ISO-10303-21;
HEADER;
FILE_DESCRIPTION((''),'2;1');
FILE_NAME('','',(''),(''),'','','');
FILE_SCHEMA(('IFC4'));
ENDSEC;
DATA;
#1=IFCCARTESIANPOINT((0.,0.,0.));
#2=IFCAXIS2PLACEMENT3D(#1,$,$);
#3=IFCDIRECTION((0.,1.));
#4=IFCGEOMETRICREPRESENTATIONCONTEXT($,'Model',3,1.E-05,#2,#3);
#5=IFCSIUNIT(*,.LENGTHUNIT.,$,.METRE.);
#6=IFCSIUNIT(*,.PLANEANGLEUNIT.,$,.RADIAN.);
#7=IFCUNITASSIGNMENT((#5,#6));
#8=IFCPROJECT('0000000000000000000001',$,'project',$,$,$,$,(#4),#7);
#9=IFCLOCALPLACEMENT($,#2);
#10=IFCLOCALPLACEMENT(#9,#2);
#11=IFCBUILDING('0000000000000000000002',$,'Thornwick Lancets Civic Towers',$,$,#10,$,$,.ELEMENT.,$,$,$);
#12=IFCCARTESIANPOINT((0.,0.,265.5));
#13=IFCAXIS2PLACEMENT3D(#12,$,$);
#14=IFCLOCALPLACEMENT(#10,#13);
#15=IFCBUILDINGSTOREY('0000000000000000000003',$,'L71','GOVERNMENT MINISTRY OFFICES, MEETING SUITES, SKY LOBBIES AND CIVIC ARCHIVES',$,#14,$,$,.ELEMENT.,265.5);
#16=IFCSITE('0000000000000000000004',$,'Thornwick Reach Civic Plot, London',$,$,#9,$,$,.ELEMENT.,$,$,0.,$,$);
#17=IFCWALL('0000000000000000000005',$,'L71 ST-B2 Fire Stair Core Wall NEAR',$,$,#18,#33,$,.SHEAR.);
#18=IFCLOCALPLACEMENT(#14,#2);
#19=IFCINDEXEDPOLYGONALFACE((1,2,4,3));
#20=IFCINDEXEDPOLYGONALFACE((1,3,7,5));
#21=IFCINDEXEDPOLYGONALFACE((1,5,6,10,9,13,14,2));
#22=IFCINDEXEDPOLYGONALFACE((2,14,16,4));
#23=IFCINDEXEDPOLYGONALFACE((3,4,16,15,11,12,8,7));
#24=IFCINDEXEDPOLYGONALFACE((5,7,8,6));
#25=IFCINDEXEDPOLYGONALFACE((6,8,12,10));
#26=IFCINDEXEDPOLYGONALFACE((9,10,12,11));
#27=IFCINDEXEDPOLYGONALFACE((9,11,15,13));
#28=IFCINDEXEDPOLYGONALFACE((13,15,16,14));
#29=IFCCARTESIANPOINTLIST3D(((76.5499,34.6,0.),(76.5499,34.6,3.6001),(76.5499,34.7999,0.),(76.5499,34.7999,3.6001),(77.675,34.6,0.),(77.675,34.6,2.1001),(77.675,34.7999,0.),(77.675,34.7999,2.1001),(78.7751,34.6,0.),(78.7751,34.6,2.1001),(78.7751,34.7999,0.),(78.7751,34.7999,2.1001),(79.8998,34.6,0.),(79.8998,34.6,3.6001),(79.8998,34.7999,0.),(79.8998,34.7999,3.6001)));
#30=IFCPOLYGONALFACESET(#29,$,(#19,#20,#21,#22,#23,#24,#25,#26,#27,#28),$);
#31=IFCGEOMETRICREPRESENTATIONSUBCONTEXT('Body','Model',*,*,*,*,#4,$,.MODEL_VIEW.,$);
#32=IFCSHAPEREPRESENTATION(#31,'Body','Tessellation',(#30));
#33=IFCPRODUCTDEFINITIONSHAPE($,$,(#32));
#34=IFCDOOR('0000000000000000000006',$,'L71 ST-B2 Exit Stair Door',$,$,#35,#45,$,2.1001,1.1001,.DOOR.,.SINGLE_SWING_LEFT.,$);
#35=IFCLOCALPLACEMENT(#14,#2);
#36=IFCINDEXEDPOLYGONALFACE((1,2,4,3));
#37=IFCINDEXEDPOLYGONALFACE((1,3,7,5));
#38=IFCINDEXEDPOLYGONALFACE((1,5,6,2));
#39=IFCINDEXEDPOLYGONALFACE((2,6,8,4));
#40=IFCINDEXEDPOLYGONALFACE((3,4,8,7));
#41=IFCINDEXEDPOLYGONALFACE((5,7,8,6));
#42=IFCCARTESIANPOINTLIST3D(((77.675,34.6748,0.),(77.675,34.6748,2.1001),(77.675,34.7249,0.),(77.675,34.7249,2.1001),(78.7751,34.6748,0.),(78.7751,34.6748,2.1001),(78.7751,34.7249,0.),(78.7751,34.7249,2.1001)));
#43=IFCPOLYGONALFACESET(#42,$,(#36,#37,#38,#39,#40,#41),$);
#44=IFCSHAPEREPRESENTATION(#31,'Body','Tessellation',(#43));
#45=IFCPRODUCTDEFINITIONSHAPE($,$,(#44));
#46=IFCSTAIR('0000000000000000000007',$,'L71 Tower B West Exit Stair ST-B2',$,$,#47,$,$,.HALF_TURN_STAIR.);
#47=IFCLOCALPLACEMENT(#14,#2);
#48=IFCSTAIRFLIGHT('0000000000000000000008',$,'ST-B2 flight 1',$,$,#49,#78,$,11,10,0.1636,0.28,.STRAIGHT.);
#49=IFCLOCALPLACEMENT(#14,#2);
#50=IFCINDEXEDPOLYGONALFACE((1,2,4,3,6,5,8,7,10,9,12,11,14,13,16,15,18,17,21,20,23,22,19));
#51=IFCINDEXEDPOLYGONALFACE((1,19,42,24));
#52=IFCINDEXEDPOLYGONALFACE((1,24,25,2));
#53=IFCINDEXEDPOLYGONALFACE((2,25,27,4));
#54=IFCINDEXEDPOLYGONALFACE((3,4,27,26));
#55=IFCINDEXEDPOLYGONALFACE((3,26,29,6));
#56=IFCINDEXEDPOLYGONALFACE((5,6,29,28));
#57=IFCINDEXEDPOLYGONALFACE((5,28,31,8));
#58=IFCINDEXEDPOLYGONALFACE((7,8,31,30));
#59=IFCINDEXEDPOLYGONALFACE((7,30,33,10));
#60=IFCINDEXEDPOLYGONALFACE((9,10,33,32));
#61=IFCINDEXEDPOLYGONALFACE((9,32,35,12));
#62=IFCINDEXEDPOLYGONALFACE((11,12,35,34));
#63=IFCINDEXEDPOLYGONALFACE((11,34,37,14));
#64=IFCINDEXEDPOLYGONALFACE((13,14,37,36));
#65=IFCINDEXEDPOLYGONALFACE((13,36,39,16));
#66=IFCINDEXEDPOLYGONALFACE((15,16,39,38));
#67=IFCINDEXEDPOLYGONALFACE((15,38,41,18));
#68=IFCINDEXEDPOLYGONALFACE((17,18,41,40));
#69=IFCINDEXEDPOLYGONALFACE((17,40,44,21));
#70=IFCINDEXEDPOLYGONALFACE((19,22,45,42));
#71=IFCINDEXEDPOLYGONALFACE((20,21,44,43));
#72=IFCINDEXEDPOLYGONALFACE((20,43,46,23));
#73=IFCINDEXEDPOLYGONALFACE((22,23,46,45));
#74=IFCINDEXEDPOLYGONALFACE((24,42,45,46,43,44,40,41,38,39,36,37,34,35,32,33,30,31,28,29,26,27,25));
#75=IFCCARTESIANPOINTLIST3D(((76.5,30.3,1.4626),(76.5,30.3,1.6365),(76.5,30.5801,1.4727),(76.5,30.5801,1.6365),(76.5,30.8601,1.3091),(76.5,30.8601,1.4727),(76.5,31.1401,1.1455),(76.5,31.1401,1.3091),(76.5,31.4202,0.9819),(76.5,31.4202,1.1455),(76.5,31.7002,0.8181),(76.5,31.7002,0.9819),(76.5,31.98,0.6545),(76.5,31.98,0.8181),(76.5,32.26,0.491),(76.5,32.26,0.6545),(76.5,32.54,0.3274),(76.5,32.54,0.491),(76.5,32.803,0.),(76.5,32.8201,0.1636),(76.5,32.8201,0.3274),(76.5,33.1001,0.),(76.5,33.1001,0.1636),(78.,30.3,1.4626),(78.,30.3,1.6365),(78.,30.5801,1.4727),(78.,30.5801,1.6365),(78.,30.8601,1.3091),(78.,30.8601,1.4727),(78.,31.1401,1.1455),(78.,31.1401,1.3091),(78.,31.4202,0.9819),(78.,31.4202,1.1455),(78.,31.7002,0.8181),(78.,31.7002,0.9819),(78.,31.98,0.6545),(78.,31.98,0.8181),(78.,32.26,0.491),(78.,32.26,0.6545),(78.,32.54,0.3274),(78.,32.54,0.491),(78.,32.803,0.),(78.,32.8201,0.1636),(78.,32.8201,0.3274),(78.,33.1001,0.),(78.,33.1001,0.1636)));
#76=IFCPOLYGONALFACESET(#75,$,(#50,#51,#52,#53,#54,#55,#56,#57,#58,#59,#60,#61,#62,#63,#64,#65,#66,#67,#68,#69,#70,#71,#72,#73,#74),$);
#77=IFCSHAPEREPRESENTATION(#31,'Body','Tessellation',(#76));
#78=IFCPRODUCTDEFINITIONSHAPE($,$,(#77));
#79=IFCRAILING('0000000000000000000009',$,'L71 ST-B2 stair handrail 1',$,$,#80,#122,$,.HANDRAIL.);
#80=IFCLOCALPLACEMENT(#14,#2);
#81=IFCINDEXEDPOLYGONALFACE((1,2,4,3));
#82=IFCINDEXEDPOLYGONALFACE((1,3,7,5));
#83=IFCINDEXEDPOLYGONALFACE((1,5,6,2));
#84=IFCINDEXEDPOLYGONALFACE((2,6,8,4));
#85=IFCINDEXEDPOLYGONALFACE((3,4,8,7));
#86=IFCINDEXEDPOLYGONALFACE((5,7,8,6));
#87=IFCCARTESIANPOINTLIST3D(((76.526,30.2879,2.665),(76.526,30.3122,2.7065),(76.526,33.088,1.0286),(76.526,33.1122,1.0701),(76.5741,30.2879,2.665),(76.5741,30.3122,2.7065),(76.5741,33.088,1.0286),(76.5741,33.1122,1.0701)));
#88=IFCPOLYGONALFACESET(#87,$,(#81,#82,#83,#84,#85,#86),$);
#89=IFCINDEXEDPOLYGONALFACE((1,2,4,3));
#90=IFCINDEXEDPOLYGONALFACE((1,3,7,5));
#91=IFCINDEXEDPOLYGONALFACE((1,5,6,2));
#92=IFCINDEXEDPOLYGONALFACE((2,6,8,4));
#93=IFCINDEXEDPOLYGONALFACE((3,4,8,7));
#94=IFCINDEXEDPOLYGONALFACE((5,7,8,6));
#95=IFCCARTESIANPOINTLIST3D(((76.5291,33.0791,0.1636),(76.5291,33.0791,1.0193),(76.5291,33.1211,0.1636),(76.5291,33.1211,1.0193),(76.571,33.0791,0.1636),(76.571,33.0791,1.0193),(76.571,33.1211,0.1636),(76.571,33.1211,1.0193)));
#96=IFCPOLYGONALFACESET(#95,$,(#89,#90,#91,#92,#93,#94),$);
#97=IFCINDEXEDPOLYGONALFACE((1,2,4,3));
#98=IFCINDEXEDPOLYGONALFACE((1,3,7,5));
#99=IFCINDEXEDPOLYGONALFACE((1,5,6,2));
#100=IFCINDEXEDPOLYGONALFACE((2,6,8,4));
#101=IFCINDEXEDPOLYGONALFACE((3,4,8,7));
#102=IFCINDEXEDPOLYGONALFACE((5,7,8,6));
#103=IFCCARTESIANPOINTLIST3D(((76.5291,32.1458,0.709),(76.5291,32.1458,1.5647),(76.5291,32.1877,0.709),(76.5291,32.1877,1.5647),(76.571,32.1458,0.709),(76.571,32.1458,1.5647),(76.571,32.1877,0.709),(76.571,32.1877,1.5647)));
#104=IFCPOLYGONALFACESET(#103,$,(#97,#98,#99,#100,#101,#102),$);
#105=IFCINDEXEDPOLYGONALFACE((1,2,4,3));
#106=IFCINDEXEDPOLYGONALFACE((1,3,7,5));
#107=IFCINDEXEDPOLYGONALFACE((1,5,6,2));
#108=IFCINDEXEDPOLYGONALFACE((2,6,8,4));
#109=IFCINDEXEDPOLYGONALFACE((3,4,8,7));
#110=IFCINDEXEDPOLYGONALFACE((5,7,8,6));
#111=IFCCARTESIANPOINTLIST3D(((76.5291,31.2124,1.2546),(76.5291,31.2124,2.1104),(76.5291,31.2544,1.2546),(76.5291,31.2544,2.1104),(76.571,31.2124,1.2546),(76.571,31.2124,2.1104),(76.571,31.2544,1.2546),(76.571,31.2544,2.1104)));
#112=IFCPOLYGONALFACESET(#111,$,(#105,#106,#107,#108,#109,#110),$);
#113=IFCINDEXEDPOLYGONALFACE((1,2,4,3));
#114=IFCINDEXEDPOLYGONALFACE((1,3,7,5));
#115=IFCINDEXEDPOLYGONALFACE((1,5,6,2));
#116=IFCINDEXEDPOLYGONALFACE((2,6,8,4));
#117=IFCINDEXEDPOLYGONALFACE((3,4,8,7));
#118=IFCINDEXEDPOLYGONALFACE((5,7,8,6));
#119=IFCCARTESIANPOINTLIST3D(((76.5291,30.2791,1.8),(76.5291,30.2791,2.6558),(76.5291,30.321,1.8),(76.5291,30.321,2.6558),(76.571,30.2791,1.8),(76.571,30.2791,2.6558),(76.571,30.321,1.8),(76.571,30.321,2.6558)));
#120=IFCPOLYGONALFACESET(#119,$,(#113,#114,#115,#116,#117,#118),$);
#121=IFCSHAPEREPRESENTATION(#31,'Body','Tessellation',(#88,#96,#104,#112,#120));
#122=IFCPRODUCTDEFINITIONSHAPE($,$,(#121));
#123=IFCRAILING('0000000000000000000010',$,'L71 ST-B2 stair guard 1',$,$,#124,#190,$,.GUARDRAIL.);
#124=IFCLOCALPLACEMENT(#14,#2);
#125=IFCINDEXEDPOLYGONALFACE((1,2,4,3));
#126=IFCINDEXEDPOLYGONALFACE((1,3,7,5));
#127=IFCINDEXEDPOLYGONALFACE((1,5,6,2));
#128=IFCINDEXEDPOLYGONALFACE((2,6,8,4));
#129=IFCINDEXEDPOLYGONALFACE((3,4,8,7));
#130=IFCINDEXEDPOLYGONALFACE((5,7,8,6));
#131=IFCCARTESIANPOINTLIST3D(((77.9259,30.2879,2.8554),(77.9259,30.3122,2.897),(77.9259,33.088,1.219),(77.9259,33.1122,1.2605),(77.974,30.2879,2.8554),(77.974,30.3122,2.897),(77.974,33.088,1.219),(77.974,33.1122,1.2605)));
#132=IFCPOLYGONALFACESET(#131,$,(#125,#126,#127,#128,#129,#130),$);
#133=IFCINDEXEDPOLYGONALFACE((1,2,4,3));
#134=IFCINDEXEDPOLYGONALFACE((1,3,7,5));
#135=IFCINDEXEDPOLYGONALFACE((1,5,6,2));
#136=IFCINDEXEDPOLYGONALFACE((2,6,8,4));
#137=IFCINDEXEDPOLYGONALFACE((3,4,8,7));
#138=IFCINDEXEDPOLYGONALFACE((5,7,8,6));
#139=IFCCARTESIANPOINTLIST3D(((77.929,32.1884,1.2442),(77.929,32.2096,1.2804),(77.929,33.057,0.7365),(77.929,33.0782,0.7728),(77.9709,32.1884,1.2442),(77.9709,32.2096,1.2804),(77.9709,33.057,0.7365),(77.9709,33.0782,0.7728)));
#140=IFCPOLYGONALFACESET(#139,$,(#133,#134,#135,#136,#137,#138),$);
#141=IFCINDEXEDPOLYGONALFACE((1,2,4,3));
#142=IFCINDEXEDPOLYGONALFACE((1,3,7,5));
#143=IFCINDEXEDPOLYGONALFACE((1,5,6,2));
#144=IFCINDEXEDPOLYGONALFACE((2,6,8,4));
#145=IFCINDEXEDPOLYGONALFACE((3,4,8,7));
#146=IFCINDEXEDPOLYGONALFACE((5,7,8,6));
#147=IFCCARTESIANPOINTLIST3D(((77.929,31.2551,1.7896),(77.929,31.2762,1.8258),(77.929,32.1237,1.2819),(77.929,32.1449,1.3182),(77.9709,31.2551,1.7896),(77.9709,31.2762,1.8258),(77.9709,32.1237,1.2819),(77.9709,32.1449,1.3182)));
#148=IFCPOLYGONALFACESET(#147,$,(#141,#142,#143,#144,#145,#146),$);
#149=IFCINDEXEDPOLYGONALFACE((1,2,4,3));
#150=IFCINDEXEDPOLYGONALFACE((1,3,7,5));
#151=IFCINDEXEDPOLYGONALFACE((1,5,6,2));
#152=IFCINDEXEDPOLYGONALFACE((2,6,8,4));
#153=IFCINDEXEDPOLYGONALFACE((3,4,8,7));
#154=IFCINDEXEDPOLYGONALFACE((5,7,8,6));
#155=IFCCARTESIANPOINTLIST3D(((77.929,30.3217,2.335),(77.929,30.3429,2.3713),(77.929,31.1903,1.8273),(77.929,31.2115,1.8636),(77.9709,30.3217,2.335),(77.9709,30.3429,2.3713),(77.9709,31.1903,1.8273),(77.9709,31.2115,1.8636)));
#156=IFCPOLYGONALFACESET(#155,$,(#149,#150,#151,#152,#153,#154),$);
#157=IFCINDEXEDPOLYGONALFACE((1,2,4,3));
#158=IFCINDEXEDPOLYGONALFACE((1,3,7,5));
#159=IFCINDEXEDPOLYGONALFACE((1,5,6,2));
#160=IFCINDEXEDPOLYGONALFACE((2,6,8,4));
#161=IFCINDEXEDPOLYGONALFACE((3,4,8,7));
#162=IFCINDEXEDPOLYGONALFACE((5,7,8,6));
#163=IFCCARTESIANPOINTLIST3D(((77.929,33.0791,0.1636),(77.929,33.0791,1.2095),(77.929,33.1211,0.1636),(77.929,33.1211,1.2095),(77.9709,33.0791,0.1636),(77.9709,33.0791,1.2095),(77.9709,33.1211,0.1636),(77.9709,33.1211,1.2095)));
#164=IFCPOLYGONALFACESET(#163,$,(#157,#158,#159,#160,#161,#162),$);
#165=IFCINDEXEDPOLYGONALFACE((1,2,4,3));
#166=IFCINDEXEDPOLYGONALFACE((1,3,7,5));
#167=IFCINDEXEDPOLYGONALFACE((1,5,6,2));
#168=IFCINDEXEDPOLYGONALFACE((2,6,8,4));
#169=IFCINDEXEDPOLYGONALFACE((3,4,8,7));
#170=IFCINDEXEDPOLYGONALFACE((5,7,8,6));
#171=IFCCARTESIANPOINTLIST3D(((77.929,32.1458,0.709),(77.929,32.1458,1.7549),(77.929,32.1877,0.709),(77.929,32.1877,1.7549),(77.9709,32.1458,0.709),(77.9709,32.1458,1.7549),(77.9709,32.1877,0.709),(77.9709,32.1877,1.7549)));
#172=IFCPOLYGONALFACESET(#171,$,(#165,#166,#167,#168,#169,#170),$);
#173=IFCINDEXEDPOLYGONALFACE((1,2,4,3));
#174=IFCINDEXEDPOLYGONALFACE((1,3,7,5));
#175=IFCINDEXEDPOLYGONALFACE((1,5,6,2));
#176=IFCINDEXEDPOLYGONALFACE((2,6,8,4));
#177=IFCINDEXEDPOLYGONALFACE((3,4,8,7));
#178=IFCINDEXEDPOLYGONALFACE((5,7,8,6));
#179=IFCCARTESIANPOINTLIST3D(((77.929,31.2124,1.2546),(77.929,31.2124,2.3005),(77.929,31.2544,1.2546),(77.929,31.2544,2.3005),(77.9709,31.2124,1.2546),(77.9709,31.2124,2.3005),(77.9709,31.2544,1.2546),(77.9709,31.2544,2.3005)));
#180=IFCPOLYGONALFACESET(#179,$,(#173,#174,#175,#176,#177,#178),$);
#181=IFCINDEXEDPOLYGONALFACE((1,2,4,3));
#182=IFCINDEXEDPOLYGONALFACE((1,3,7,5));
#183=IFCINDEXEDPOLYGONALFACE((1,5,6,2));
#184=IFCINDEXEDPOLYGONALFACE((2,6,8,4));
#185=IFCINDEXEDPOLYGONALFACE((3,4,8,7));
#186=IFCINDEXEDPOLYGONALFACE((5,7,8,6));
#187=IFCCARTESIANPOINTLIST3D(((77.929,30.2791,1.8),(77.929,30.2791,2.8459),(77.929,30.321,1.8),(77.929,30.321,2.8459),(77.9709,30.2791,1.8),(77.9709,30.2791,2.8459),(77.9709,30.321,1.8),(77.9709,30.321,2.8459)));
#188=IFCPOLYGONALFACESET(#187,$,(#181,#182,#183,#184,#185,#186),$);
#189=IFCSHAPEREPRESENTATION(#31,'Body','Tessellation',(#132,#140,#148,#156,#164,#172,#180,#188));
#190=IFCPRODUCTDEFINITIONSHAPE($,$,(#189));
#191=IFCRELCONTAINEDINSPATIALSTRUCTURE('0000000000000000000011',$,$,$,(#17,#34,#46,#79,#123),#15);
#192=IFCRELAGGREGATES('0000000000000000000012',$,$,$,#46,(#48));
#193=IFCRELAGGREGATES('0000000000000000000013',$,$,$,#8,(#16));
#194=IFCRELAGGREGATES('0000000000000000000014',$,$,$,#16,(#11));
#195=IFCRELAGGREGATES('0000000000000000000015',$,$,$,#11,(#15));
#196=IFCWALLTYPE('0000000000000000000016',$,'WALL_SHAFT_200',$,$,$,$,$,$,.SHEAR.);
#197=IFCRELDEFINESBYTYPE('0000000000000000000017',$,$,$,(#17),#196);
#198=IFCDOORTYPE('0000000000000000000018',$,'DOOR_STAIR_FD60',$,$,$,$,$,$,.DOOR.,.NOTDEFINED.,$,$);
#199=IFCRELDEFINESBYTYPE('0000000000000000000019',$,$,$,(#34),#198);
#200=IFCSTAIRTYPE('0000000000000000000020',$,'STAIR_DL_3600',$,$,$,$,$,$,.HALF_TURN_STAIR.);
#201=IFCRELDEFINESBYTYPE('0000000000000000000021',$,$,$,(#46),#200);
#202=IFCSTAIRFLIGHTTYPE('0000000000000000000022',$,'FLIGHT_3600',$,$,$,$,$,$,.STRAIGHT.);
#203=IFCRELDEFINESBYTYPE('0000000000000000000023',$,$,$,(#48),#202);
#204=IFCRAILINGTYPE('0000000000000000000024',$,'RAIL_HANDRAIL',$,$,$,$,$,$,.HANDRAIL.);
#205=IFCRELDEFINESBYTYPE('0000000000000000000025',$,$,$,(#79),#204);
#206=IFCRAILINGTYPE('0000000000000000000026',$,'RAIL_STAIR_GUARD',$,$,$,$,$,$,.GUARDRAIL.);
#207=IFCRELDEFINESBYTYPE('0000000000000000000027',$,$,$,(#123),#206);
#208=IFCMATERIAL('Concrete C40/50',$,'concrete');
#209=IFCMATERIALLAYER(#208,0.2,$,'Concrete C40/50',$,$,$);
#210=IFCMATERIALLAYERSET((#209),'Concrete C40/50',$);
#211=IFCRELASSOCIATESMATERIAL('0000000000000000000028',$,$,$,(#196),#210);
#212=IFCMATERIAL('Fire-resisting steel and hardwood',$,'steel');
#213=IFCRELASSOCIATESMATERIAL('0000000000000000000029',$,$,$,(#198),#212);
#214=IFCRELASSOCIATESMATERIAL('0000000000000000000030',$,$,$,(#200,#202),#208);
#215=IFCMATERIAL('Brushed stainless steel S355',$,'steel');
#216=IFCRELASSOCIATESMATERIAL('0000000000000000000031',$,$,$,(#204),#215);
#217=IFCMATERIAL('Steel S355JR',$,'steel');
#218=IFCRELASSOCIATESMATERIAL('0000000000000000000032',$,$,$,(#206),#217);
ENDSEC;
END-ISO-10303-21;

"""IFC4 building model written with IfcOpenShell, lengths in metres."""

from ifc_helpers import new_model, si_unit, direction, frame, frame_2d, origin, origin_2d, place, context, subcontext, project, spatial, polyline, rectangle, outline, extrude, material, layer, layer_set, type_object, element, fill, aggregate, save


model = new_model("IFC4")

# Units and contexts
model_context = context("Model", 3, precision=1e-05, world=origin(), true_north=direction((0.0, 1.0)))
body_context = subcontext(model_context, "Body", "Model", "MODEL_VIEW")
ifc_project = project(units=[si_unit("LENGTHUNIT", "METRE"), si_unit("PLANEANGLEUNIT", "RADIAN")], contexts=[model_context])

# Site, building, storey
site_placement = place(None, origin())
site = spatial("IfcSite", under=ifc_project, at=site_placement, Name="Thornwick Reach Civic Plot, London", CompositionType="ELEMENT", RefElevation=0.0)
building_placement = place(site_placement, origin())
building = spatial("IfcBuilding", under=site, at=building_placement, Name="Thornwick Lancets Civic Towers", CompositionType="ELEMENT")
storey_placement = place(building_placement, frame((0.0, 0.0, 265.5)))
storey = spatial("IfcBuildingStorey", under=building, at=storey_placement, Name="L71", Description="GOVERNMENT MINISTRY OFFICES, MEETING SUITES, SKY LOBBIES AND CIVIC ARCHIVES", CompositionType="ELEMENT", Elevation=265.5)

# Shared definitions
ifc_material_1 = material(Name="Steel S355JR", Category="steel")

# Shared definitions
ifc_material_2 = material(Name="Concrete C40/50", Category="concrete")

# Wall, opening, door
ifc_layer_1 = layer(ifc_material_2, 0.2, Name="Concrete C40/50")
ifc_layer_set_1 = layer_set([ifc_layer_1], Name="Concrete C40/50")
wall_type_1 = type_object("IfcWallType", Name="WALL_SHAFT_200", PredefinedType="SHEAR", material=ifc_layer_set_1)
wall_1_placement = place(storey_placement, frame((76.55, 34.7, 0.0), z_axis=(0.0, 0.0, 1.0), x_axis=(1.0, 0.0, 0.0)))
wall_1 = element("IfcWall", 1, at=wall_1_placement, inside=storey, type_object=wall_type_1, Name="L71 ST-B2 Fire Stair Core Wall NEAR", PredefinedType="SHEAR", context=body_context, shape_type="SweptSolid", body=[
    extrude(rectangle(XDim=3.3499, YDim=0.2, at=frame_2d((1.6748, 0.0))), origin(), (0.0, 0.0, 1.0), 3.6001),
])
opening_1_placement = place(wall_1_placement, frame((1.125, 0.0, 0.0)))
opening_1 = element("IfcOpeningElement", 2, at=opening_1_placement, cuts=wall_1, PredefinedType="OPENING", context=body_context, shape_type="SweptSolid", body=[
    extrude(rectangle(XDim=1.1001, YDim=2.1001, at=frame_2d((0.55, 1.05))), frame((0.0, 0.1099, 0.0), z_axis=(0.0, -1.0, 0.0), x_axis=(1.0, 0.0, 0.0)), (0.0, 0.0, 1.0), 0.22),
])
ifc_material_3 = material(Name="Fire-resisting steel and hardwood", Category="steel")
door_type = type_object("IfcDoorType", Name="DOOR_STAIR_FD60", OperationType="NOTDEFINED", PredefinedType="DOOR", material=ifc_material_3)
door_placement = place(opening_1_placement, origin())
door = element("IfcDoor", 3, at=door_placement, inside=storey, type_object=door_type, Name="L71 ST-B2 Exit Stair Door", OperationType="SINGLE_SWING_LEFT", OverallHeight=2.1001, OverallWidth=1.1001, PredefinedType="DOOR", context=body_context, shape_type="SweptSolid", body=[
    extrude(rectangle(XDim=1.1001, YDim=2.1001, at=frame_2d((0.55, 1.05))), frame((0.0, 0.0249, 0.0), z_axis=(0.0, -1.0, 0.0), x_axis=(1.0, 0.0, 0.0)), (0.0, 0.0, 1.0), 0.05),
])
fill(opening_1, door)

# Stair, stair flight
stair_type = type_object("IfcStairType", Name="STAIR_DL_3600", PredefinedType="HALF_TURN_STAIR", material=ifc_material_2)
stair_placement = place(storey_placement, origin())
stair = element("IfcStair", 4, at=stair_placement, inside=storey, type_object=stair_type, Name="L71 Tower B West Exit Stair ST-B2", PredefinedType="HALF_TURN_STAIR")
stair_flight_type = type_object("IfcStairFlightType", Name="FLIGHT_3600", PredefinedType="STRAIGHT", material=ifc_material_2)
stair_flight_placement = place(storey_placement, frame((77.25, 33.1001, 0.0), z_axis=(0.0, 0.0, 1.0), x_axis=(0.0, -1.0, 0.0)))
stair_flight = element("IfcStairFlight", 5, at=stair_flight_placement, type_object=stair_flight_type, Name="ST-B2 flight 1", NumberOfRisers=11, NumberOfTreads=10, PredefinedType="STRAIGHT", RiserHeight=0.1636, TreadLength=0.28, context=body_context, shape_type="SweptSolid", body=[
    extrude(outline(polyline([(0.0, 0.0), (0.0, 0.1636), (0.28, 0.1636), (0.28, 0.3274), (0.5601, 0.3274), (0.5601, 0.491), (0.8401, 0.491), (0.8401, 0.6545), (1.1201, 0.6545), (1.1201, 0.8181), (1.3999, 0.8181), (1.3999, 0.9819), (1.6799, 0.9819), (1.6799, 1.1455), (1.96, 1.1455), (1.96, 1.3091), (2.24, 1.3091), (2.24, 1.4727), (2.52, 1.4727), (2.52, 1.6365), (2.8, 1.6365), (2.8, 1.8), (2.8, 1.4626), (0.2971, 0.0), (0.0, 0.0)])), frame((0.0, 0.75, 0.0), z_axis=(0.0, -1.0, 0.0), x_axis=(1.0, 0.0, 0.0)), (0.0, 0.0, 1.0), 1.5),
])
aggregate(stair, [stair_flight])

# Railings
ifc_material_4 = material(Name="Brushed stainless steel S355", Category="steel")
railing_type_1 = type_object("IfcRailingType", Name="RAIL_HANDRAIL", PredefinedType="HANDRAIL", material=ifc_material_4)
railing_1_placement = place(storey_placement, frame((76.55, 33.1001, 0.1636)))
element("IfcRailing", 6, at=railing_1_placement, inside=storey, type_object=railing_type_1, Name="L71 ST-B2 stair handrail 1", PredefinedType="HANDRAIL", context=body_context, shape_type="SweptSolid", body=[
    extrude(rectangle(XDim=0.0481, YDim=0.0481, at=origin_2d()), frame((0.0, 0.0, 0.8857), z_axis=(0.0, -0.863361, 0.504587), x_axis=(1.0, 0.0, 0.0)), (0.0, 0.0, 1.0), 3.2432),
    extrude(rectangle(XDim=0.042, YDim=0.042, at=origin_2d()), origin(), (0.0, 0.0, 1.0), 0.8557),
    extrude(rectangle(XDim=0.042, YDim=0.042, at=origin_2d()), frame((0.0, -0.9333, 0.5454)), (0.0, 0.0, 1.0), 0.8557),
    extrude(rectangle(XDim=0.042, YDim=0.042, at=origin_2d()), frame((0.0, -1.8667, 1.0911)), (0.0, 0.0, 1.0), 0.8557),
    extrude(rectangle(XDim=0.042, YDim=0.042, at=origin_2d()), frame((0.0, -2.8, 1.6365)), (0.0, 0.0, 1.0), 0.8557),
])
railing_type_2 = type_object("IfcRailingType", Name="RAIL_STAIR_GUARD", PredefinedType="GUARDRAIL", material=ifc_material_1)
railing_2_placement = place(storey_placement, frame((77.95, 33.1001, 0.1636)))
element("IfcRailing", 7, at=railing_2_placement, inside=storey, type_object=railing_type_2, Name="L71 ST-B2 stair guard 1", PredefinedType="GUARDRAIL", context=body_context, shape_type="SweptSolid", body=[
    extrude(rectangle(XDim=0.0481, YDim=0.0481, at=origin_2d()), frame((0.0, 0.0, 1.0762), z_axis=(0.0, -0.863361, 0.504587), x_axis=(1.0, 0.0, 0.0)), (0.0, 0.0, 1.0), 3.2432),
    extrude(rectangle(XDim=0.042, YDim=0.042, at=origin_2d()), frame((0.0, -0.0325, 0.5911), z_axis=(0.0, -0.863361, 0.504587), x_axis=(1.0, 0.0, 0.0)), (0.0, 0.0, 1.0), 1.0061),
    extrude(rectangle(XDim=0.042, YDim=0.042, at=origin_2d()), frame((0.0, -0.9658, 1.1365), z_axis=(0.0, -0.863361, 0.504587), x_axis=(1.0, 0.0, 0.0)), (0.0, 0.0, 1.0), 1.0061),
    extrude(rectangle(XDim=0.042, YDim=0.042, at=origin_2d()), frame((0.0, -1.8992, 1.6819), z_axis=(0.0, -0.863361, 0.504587), x_axis=(1.0, 0.0, 0.0)), (0.0, 0.0, 1.0), 1.0061),
    extrude(rectangle(XDim=0.042, YDim=0.042, at=origin_2d()), origin(), (0.0, 0.0, 1.0), 1.0459),
    extrude(rectangle(XDim=0.042, YDim=0.042, at=origin_2d()), frame((0.0, -0.9333, 0.5454)), (0.0, 0.0, 1.0), 1.0459),
    extrude(rectangle(XDim=0.042, YDim=0.042, at=origin_2d()), frame((0.0, -1.8667, 1.0911)), (0.0, 0.0, 1.0), 1.0459),
    extrude(rectangle(XDim=0.042, YDim=0.042, at=origin_2d()), frame((0.0, -2.8, 1.6365)), (0.0, 0.0, 1.0), 1.0459),
])

save(model, "model.ifc")
